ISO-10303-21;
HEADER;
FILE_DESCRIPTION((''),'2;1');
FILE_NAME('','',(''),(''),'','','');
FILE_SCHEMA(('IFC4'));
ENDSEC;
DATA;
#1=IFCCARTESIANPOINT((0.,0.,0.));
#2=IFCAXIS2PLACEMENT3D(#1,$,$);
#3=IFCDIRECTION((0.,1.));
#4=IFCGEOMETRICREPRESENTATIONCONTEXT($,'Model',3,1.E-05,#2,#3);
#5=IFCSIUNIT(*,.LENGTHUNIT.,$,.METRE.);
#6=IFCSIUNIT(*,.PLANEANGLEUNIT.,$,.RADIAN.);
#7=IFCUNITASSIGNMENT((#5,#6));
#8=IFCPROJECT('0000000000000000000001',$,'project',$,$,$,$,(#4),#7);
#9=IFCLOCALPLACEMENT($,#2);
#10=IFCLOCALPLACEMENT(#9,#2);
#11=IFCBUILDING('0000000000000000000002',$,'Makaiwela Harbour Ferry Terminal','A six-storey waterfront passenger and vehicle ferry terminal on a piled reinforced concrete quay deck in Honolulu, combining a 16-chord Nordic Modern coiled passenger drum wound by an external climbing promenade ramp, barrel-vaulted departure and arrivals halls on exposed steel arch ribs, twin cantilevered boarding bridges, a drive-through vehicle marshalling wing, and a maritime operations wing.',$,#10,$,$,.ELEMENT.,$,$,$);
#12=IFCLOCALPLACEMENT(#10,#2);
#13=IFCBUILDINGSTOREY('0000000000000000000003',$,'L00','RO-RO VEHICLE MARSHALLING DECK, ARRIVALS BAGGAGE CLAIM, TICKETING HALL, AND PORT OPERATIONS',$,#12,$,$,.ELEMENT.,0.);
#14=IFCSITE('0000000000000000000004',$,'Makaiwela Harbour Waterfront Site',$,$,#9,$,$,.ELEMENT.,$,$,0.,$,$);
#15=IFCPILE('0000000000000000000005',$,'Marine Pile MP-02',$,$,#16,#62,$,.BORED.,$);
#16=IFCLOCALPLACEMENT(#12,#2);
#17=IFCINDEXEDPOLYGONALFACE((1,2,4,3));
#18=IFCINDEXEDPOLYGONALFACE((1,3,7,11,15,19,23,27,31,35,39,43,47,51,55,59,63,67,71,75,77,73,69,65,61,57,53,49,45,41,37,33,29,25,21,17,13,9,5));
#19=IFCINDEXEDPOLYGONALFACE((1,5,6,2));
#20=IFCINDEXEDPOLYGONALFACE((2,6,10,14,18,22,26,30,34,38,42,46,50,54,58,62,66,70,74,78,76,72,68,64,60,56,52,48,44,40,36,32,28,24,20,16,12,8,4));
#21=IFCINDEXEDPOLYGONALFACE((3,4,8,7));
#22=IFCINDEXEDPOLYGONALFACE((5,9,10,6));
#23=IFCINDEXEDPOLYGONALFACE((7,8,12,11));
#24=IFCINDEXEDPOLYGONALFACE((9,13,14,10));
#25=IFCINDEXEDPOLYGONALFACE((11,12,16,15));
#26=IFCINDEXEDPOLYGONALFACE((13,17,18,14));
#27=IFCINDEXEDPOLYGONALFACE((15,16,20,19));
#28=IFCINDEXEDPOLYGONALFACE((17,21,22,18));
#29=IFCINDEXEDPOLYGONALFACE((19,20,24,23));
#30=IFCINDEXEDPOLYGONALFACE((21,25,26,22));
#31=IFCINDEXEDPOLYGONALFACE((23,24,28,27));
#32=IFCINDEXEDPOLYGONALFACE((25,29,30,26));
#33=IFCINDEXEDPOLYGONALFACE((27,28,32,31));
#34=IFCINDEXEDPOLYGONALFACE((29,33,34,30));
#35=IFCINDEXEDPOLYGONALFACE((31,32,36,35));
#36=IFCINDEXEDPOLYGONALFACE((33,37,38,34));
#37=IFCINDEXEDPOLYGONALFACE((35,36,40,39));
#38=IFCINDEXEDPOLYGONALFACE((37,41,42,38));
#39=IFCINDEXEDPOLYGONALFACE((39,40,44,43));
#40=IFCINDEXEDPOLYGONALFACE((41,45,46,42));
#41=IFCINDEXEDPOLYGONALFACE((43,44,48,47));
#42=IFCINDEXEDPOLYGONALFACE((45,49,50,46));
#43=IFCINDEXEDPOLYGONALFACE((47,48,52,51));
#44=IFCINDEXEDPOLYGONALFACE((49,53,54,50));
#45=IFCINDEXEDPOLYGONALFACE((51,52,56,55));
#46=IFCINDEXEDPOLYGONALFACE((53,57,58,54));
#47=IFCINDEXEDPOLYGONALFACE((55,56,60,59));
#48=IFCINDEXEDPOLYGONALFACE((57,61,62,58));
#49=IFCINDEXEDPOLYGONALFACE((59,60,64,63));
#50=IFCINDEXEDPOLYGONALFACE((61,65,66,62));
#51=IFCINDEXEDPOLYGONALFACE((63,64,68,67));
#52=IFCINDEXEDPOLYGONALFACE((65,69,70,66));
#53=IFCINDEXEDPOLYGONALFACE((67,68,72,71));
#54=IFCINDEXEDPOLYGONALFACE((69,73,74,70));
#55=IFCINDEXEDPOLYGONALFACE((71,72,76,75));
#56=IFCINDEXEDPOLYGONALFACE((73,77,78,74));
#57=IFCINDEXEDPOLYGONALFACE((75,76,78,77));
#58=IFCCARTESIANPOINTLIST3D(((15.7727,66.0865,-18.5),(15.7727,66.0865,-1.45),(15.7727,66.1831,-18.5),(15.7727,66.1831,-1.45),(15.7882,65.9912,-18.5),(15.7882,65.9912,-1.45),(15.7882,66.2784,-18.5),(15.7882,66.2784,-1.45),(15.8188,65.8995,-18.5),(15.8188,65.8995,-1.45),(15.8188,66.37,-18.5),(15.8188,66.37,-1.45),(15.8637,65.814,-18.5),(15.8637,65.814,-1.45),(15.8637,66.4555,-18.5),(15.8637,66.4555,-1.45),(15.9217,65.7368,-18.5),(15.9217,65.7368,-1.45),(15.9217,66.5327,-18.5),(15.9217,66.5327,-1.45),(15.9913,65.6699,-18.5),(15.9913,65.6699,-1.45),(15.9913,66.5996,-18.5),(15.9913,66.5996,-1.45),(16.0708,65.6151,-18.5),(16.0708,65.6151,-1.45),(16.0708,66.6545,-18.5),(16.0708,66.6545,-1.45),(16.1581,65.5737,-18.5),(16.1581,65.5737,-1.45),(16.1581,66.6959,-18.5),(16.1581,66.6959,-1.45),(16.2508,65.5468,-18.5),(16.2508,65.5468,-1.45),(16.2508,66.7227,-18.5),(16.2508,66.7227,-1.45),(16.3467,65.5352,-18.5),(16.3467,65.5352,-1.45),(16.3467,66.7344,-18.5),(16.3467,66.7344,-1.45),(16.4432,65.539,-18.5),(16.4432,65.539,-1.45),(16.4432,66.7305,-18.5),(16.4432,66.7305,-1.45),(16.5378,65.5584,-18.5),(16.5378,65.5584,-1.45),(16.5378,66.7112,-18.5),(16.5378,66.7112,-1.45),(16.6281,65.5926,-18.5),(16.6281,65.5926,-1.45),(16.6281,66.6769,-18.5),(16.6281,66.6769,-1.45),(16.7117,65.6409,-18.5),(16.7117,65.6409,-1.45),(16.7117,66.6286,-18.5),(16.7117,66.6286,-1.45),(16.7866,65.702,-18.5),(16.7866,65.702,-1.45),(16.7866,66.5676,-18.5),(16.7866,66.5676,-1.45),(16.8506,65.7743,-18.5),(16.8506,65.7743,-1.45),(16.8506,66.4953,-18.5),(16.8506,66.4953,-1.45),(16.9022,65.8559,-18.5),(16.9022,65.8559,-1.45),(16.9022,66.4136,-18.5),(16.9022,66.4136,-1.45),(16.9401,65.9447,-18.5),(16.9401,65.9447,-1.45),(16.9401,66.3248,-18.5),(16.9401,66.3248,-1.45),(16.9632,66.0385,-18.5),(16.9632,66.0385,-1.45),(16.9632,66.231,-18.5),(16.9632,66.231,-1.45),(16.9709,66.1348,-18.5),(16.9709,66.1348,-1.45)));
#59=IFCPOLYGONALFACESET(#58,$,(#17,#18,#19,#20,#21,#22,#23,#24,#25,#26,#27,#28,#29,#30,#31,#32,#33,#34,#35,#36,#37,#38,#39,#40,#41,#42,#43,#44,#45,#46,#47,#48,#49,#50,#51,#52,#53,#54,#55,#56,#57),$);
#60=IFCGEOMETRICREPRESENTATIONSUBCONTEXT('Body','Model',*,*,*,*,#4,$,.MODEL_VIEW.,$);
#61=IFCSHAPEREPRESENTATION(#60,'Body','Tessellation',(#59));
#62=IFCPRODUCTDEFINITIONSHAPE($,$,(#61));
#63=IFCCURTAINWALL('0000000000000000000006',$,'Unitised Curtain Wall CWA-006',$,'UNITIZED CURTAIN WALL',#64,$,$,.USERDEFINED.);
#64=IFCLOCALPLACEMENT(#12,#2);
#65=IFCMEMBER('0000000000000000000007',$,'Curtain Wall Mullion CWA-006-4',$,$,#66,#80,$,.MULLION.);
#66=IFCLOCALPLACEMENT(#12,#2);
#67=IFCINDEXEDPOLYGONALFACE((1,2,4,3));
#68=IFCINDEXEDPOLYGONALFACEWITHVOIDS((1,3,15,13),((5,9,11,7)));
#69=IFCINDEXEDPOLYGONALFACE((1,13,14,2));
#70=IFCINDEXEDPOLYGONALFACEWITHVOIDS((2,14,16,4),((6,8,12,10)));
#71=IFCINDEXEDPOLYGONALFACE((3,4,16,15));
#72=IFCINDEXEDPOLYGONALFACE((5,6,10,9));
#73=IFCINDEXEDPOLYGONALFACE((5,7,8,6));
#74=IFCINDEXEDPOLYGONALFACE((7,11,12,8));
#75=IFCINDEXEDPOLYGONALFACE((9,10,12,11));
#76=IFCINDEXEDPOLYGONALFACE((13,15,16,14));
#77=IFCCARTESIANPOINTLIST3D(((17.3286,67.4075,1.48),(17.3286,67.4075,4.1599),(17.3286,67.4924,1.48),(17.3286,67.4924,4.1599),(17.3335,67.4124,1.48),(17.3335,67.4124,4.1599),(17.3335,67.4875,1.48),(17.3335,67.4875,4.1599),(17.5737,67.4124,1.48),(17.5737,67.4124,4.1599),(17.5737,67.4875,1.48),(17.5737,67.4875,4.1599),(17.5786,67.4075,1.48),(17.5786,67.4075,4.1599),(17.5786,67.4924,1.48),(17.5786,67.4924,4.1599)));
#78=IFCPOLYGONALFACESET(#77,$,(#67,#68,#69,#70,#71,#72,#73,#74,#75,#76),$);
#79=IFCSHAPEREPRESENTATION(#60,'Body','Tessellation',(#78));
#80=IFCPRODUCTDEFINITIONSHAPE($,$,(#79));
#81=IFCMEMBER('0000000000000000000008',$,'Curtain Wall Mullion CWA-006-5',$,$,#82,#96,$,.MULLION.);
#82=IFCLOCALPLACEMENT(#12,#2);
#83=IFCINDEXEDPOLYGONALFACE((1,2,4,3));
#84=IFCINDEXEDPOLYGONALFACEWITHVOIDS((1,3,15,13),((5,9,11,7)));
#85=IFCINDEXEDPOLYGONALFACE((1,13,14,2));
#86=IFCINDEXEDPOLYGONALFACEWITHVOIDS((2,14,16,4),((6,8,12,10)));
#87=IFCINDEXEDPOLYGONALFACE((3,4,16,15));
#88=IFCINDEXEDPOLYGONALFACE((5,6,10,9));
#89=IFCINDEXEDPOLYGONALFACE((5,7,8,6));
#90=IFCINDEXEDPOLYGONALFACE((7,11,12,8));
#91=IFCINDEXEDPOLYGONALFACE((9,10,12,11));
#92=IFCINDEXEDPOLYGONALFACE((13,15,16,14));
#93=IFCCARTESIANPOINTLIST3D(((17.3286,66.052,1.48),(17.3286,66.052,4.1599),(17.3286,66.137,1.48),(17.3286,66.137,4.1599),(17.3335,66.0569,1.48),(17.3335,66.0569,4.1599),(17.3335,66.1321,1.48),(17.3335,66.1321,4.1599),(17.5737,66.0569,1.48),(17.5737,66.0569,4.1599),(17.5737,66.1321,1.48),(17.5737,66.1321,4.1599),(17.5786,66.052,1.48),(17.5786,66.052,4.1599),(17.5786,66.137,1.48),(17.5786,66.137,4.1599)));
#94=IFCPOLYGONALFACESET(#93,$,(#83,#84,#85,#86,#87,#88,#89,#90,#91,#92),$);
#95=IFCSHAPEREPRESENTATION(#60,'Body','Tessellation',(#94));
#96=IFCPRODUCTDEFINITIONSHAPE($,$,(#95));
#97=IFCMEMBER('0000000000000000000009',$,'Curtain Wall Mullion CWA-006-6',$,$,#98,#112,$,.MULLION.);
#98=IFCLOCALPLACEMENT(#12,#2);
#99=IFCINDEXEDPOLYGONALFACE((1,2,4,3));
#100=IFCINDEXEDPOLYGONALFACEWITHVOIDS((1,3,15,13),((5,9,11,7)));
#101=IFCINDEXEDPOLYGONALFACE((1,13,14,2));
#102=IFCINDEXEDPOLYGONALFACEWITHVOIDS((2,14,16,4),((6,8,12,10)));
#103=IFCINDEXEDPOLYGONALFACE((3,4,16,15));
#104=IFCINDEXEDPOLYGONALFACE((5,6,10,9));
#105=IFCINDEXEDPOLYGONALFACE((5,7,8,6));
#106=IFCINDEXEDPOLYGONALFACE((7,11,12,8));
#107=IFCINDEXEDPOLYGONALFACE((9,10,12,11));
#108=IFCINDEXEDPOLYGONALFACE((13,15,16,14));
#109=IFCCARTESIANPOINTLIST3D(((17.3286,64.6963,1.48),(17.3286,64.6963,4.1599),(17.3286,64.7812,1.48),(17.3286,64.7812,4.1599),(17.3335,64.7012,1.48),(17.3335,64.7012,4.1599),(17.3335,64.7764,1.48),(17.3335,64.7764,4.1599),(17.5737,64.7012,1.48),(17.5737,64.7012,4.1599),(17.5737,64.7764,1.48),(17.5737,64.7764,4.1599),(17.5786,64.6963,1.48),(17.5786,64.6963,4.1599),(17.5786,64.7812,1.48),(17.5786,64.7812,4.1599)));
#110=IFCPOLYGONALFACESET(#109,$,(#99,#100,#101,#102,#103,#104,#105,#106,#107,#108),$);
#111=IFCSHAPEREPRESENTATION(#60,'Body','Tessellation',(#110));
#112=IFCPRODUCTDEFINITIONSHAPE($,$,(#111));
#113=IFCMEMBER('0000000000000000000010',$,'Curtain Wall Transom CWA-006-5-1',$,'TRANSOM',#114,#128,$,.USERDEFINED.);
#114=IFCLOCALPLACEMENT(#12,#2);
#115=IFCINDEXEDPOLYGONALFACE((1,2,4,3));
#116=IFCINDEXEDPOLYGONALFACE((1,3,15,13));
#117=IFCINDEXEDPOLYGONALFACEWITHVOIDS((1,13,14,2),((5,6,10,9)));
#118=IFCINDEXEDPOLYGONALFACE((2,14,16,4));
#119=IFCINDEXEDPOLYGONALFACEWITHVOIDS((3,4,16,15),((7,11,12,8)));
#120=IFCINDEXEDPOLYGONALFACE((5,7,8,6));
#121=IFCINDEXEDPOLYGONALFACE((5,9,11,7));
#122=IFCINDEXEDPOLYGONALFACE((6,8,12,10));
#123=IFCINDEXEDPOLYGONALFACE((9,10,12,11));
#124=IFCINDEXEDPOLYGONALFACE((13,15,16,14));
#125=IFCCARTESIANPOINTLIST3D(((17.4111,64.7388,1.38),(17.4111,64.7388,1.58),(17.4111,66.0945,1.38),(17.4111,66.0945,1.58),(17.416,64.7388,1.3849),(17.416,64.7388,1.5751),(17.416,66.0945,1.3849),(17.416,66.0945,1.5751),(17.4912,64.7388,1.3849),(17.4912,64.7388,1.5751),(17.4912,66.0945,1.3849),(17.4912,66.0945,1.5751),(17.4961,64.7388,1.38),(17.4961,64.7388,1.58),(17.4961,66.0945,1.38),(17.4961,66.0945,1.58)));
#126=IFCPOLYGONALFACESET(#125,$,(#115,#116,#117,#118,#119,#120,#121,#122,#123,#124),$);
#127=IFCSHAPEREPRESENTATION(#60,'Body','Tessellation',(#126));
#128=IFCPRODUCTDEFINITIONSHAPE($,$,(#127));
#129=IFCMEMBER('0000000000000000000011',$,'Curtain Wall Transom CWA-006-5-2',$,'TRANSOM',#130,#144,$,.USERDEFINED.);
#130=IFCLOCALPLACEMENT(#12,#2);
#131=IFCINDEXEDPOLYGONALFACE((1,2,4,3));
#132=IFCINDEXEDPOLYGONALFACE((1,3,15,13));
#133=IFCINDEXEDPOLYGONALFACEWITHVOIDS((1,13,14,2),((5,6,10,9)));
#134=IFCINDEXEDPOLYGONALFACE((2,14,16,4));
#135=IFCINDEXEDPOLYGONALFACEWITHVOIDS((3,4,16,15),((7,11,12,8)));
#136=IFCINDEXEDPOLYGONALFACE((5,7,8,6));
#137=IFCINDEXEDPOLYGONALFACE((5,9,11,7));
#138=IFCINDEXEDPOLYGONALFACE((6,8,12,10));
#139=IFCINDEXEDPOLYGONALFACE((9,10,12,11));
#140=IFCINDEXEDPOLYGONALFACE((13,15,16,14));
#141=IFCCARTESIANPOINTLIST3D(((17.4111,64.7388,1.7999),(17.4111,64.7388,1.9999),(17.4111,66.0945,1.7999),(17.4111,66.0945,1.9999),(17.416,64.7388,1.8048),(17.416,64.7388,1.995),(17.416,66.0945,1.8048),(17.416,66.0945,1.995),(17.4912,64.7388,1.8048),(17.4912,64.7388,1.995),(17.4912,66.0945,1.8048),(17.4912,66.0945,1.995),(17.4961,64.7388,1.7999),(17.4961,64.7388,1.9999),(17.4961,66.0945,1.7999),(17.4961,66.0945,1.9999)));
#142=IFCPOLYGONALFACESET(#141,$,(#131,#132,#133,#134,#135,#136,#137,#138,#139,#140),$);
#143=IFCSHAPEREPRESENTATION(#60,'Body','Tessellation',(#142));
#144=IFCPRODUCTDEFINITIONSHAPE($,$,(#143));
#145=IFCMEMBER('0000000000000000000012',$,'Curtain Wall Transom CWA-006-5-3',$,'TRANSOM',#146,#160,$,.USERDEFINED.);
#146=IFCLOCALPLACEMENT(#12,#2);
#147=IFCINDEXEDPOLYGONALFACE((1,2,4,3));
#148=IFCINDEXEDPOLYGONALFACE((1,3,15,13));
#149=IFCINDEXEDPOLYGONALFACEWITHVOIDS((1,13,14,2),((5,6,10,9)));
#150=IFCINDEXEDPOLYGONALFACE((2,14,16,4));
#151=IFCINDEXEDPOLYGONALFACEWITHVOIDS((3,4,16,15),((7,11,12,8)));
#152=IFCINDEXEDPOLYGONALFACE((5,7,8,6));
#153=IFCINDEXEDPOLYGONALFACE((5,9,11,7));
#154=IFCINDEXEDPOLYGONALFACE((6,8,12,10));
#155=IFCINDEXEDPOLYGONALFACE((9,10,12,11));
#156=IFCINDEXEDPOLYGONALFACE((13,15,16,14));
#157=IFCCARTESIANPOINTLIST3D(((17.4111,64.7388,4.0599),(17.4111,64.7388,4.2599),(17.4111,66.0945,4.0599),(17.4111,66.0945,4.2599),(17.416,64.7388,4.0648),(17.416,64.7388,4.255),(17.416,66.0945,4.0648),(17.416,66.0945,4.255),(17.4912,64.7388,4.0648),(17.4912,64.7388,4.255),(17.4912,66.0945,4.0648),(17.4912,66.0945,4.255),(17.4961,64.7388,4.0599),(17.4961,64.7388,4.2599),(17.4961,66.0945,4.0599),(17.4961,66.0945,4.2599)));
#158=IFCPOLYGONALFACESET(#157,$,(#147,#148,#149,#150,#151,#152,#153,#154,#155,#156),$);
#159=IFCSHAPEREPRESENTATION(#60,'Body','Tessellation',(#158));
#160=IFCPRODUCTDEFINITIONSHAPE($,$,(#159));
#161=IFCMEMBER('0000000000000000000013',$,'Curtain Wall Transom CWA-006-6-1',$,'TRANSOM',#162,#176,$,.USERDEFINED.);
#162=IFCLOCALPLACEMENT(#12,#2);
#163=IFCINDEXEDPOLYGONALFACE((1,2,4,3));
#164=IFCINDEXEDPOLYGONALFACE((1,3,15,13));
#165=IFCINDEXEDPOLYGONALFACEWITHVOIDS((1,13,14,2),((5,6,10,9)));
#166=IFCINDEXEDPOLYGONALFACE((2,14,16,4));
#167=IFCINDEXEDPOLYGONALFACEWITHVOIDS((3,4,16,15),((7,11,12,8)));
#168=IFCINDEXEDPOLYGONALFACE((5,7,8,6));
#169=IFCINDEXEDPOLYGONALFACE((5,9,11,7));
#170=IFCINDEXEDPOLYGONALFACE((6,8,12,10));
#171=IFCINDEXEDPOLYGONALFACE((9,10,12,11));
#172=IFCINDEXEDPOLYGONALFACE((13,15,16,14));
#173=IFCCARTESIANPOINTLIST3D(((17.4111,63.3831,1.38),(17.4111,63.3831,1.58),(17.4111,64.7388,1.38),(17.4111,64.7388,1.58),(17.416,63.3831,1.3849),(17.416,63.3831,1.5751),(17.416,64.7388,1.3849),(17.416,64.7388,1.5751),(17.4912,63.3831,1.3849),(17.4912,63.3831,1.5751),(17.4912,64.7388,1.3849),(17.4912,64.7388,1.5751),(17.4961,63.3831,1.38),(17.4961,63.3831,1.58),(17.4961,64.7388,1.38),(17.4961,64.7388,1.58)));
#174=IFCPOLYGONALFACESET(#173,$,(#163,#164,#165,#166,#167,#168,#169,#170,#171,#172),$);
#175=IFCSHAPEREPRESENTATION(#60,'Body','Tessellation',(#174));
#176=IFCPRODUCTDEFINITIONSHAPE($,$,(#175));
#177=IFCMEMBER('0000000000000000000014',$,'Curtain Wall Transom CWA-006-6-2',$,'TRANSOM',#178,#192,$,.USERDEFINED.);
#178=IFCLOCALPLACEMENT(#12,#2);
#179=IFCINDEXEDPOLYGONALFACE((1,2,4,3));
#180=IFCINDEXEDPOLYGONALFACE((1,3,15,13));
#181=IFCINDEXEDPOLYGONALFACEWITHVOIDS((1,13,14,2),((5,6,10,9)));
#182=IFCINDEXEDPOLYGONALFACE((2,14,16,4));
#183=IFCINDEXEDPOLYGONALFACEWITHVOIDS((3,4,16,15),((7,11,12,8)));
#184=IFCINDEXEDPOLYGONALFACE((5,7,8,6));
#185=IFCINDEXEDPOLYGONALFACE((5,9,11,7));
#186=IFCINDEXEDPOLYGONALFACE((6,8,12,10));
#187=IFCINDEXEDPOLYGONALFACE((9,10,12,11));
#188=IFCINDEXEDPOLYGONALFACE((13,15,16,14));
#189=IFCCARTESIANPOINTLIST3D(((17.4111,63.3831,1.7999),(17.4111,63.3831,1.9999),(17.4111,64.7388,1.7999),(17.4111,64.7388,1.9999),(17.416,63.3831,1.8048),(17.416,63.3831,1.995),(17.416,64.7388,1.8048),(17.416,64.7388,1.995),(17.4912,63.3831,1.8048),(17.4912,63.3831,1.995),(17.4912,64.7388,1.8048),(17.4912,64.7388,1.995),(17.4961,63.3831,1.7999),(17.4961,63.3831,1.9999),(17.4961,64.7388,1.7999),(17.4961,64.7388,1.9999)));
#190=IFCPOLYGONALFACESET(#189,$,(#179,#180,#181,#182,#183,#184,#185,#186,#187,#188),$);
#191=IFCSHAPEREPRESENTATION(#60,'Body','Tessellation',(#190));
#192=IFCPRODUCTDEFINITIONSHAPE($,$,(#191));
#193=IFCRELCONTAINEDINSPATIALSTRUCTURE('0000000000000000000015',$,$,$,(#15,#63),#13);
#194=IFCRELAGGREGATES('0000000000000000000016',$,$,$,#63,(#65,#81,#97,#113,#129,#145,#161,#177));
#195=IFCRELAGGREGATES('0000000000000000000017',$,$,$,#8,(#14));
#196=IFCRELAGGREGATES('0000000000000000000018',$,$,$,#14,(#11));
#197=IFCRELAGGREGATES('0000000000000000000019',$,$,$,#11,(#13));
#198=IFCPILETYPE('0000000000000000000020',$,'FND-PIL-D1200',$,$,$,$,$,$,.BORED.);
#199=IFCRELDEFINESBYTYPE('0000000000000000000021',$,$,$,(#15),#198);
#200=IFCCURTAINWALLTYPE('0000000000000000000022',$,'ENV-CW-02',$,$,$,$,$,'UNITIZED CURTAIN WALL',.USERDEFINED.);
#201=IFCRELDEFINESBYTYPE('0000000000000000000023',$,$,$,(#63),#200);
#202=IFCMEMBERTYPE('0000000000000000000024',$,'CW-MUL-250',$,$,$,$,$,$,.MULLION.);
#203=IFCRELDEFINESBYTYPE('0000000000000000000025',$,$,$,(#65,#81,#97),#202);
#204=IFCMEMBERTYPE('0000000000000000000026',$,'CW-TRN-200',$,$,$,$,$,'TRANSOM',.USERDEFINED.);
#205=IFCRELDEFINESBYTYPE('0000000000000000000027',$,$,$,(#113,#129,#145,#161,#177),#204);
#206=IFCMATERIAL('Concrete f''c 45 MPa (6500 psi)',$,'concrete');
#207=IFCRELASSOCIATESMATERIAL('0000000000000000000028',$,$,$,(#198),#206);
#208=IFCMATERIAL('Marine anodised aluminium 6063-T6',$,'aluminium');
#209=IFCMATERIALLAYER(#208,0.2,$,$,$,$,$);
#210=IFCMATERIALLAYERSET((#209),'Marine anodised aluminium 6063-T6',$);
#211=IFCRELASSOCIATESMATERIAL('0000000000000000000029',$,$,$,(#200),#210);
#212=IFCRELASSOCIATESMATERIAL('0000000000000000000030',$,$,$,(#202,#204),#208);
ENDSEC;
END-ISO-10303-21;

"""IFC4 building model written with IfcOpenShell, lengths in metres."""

from ifc_helpers import new_model, si_unit, direction, frame, origin, origin_2d, place, context, subcontext, project, spatial, hollow_rectangle, circle, extrude, material, layer, layer_set, material_profile, profile_set, type_object, element, aggregate, save


model = new_model("IFC4")

# Units and contexts
model_context = context("Model", 3, precision=1e-05, world=origin(), true_north=direction((0.0, 1.0)))
body_context = subcontext(model_context, "Body", "Model", "MODEL_VIEW")
ifc_project = project(units=[si_unit("LENGTHUNIT", "METRE"), si_unit("PLANEANGLEUNIT", "RADIAN")], contexts=[model_context])

# Site, building, storey
site_placement = place(None, origin())
site = spatial("IfcSite", under=ifc_project, at=site_placement, Name="Makaiwela Harbour Waterfront Site", CompositionType="ELEMENT", RefElevation=0.0)
building_placement = place(site_placement, origin())
building = spatial("IfcBuilding", under=site, at=building_placement, Name="Makaiwela Harbour Ferry Terminal", Description="A six-storey waterfront passenger and vehicle ferry terminal on a piled reinforced concrete quay deck in Honolulu, combining a 16-chord Nordic Modern coiled passenger drum wound by an external climbing promenade ramp, barrel-vaulted departure and arrivals halls on exposed steel arch ribs, twin cantilevered boarding bridges, a drive-through vehicle marshalling wing, and a maritime operations wing.", CompositionType="ELEMENT")
storey_placement = place(building_placement, origin())
storey = spatial("IfcBuildingStorey", under=building, at=storey_placement, Name="L00", Description="RO-RO VEHICLE MARSHALLING DECK, ARRIVALS BAGGAGE CLAIM, TICKETING HALL, AND PORT OPERATIONS", CompositionType="ELEMENT", Elevation=0.0)

# Pile
ifc_material_1 = material(Name="Concrete f'c 45 MPa (6500 psi)", Category="concrete")
ifc_material_profile_1 = material_profile(ifc_material_1, circle(Radius=0.6001, at=origin_2d()), Name="PILE-D1200")
ifc_profile_set_1 = profile_set([ifc_material_profile_1], Name="Concrete f'c 45 MPa (6500 psi)")
pile_type = type_object("IfcPileType", Name="FND-PIL-D1200", PredefinedType="BORED", material=ifc_profile_set_1)
pile_placement = place(storey_placement, frame((16.3708, 66.1348, -1.45), z_axis=(0.0, 0.0, -1.0), x_axis=(1.0, 0.0, 0.0)))
element("IfcPile", 1, at=pile_placement, inside=storey, type_object=pile_type, Name="Marine Pile MP-02", PredefinedType="BORED", context=body_context, shape_type="SweptSolid", body=[
    extrude(circle(Radius=0.6001, at=origin_2d()), origin(), (0.0, 0.0, 1.0), 17.05),
])

# Curtain wall, members
ifc_material_2 = material(Name="Marine anodised aluminium 6063-T6", Category="aluminium")
ifc_layer_1 = layer(ifc_material_2, 0.2)
ifc_layer_set_1 = layer_set([ifc_layer_1], Name="Marine anodised aluminium 6063-T6")
curtain_wall_type = type_object("IfcCurtainWallType", Name="ENV-CW-02", ElementType="UNITIZED CURTAIN WALL", PredefinedType="USERDEFINED", material=ifc_layer_set_1)
curtain_wall_placement = place(storey_placement, origin())
curtain_wall = element("IfcCurtainWall", 2, at=curtain_wall_placement, inside=storey, type_object=curtain_wall_type, Name="Unitised Curtain Wall CWA-006", ObjectType="UNITIZED CURTAIN WALL", PredefinedType="USERDEFINED")
ifc_material_profile_2 = material_profile(ifc_material_2, hollow_rectangle(XDim=0.085, YDim=0.25, WallThickness=0.0049, at=origin_2d()), Name="CWM-250X85")
ifc_profile_set_2 = profile_set([ifc_material_profile_2], Name="Marine anodised aluminium 6063-T6")
member_type_1 = type_object("IfcMemberType", Name="CW-MUL-250", PredefinedType="MULLION", material=ifc_profile_set_2)
member_1_placement = place(storey_placement, frame((17.4536, 67.45, 1.48), z_axis=(0.0, 0.0, 1.0), x_axis=(0.0, 1.0, 0.0)))
member_1 = element("IfcMember", 3, at=member_1_placement, type_object=member_type_1, Name="Curtain Wall Mullion CWA-006-4", PredefinedType="MULLION", context=body_context, shape_type="SweptSolid", body=[
    extrude(hollow_rectangle(XDim=0.085, YDim=0.25, WallThickness=0.0049, at=origin_2d()), origin(), (0.0, 0.0, 1.0), 2.6799),
])
member_2_placement = place(storey_placement, frame((17.4536, 66.0945, 1.48), z_axis=(0.0, 0.0, 1.0), x_axis=(0.0, 1.0, 0.0)))
member_2 = element("IfcMember", 4, at=member_2_placement, type_object=member_type_1, Name="Curtain Wall Mullion CWA-006-5", PredefinedType="MULLION", context=body_context, shape_type="SweptSolid", body=[
    extrude(hollow_rectangle(XDim=0.085, YDim=0.25, WallThickness=0.0049, at=origin_2d()), origin(), (0.0, 0.0, 1.0), 2.6799),
])
member_3_placement = place(storey_placement, frame((17.4536, 64.7388, 1.48), z_axis=(0.0, 0.0, 1.0), x_axis=(0.0, 1.0, 0.0)))
member_3 = element("IfcMember", 5, at=member_3_placement, type_object=member_type_1, Name="Curtain Wall Mullion CWA-006-6", PredefinedType="MULLION", context=body_context, shape_type="SweptSolid", body=[
    extrude(hollow_rectangle(XDim=0.085, YDim=0.25, WallThickness=0.0049, at=origin_2d()), origin(), (0.0, 0.0, 1.0), 2.6799),
])
ifc_material_profile_3 = material_profile(ifc_material_2, hollow_rectangle(XDim=0.085, YDim=0.2, WallThickness=0.0049, at=origin_2d()), Name="CWT-200X85")
ifc_profile_set_3 = profile_set([ifc_material_profile_3], Name="Marine anodised aluminium 6063-T6")
member_type_2 = type_object("IfcMemberType", Name="CW-TRN-200", ElementType="TRANSOM", PredefinedType="USERDEFINED", material=ifc_profile_set_3)
member_4_placement = place(storey_placement, frame((17.4536, 66.0945, 1.48), z_axis=(0.0, -1.0, 0.0), x_axis=(1.0, 0.0, 0.0)))
member_4 = element("IfcMember", 6, at=member_4_placement, type_object=member_type_2, Name="Curtain Wall Transom CWA-006-5-1", ObjectType="TRANSOM", PredefinedType="USERDEFINED", context=body_context, shape_type="SweptSolid", body=[
    extrude(hollow_rectangle(XDim=0.085, YDim=0.2, WallThickness=0.0049, at=origin_2d()), origin(), (0.0, 0.0, 1.0), 1.3557),
])
member_5_placement = place(storey_placement, frame((17.4536, 66.0945, 1.8999), z_axis=(0.0, -1.0, 0.0), x_axis=(1.0, 0.0, 0.0)))
member_5 = element("IfcMember", 7, at=member_5_placement, type_object=member_type_2, Name="Curtain Wall Transom CWA-006-5-2", ObjectType="TRANSOM", PredefinedType="USERDEFINED", context=body_context, shape_type="SweptSolid", body=[
    extrude(hollow_rectangle(XDim=0.085, YDim=0.2, WallThickness=0.0049, at=origin_2d()), origin(), (0.0, 0.0, 1.0), 1.3557),
])
member_6_placement = place(storey_placement, frame((17.4536, 66.0945, 4.1599), z_axis=(0.0, -1.0, 0.0), x_axis=(1.0, 0.0, 0.0)))
member_6 = element("IfcMember", 8, at=member_6_placement, type_object=member_type_2, Name="Curtain Wall Transom CWA-006-5-3", ObjectType="TRANSOM", PredefinedType="USERDEFINED", context=body_context, shape_type="SweptSolid", body=[
    extrude(hollow_rectangle(XDim=0.085, YDim=0.2, WallThickness=0.0049, at=origin_2d()), origin(), (0.0, 0.0, 1.0), 1.3557),
])
member_7_placement = place(storey_placement, frame((17.4536, 64.7388, 1.48), z_axis=(0.0, -1.0, 0.0), x_axis=(1.0, 0.0, 0.0)))
member_7 = element("IfcMember", 9, at=member_7_placement, type_object=member_type_2, Name="Curtain Wall Transom CWA-006-6-1", ObjectType="TRANSOM", PredefinedType="USERDEFINED", context=body_context, shape_type="SweptSolid", body=[
    extrude(hollow_rectangle(XDim=0.085, YDim=0.2, WallThickness=0.0049, at=origin_2d()), origin(), (0.0, 0.0, 1.0), 1.3557),
])
member_8_placement = place(storey_placement, frame((17.4536, 64.7388, 1.8999), z_axis=(0.0, -1.0, 0.0), x_axis=(1.0, 0.0, 0.0)))
member_8 = element("IfcMember", 10, at=member_8_placement, type_object=member_type_2, Name="Curtain Wall Transom CWA-006-6-2", ObjectType="TRANSOM", PredefinedType="USERDEFINED", context=body_context, shape_type="SweptSolid", body=[
    extrude(hollow_rectangle(XDim=0.085, YDim=0.2, WallThickness=0.0049, at=origin_2d()), origin(), (0.0, 0.0, 1.0), 1.3557),
])

aggregate(curtain_wall, [member_1, member_2, member_3, member_4, member_5, member_6, member_7, member_8])

save(model, "model.ifc")
